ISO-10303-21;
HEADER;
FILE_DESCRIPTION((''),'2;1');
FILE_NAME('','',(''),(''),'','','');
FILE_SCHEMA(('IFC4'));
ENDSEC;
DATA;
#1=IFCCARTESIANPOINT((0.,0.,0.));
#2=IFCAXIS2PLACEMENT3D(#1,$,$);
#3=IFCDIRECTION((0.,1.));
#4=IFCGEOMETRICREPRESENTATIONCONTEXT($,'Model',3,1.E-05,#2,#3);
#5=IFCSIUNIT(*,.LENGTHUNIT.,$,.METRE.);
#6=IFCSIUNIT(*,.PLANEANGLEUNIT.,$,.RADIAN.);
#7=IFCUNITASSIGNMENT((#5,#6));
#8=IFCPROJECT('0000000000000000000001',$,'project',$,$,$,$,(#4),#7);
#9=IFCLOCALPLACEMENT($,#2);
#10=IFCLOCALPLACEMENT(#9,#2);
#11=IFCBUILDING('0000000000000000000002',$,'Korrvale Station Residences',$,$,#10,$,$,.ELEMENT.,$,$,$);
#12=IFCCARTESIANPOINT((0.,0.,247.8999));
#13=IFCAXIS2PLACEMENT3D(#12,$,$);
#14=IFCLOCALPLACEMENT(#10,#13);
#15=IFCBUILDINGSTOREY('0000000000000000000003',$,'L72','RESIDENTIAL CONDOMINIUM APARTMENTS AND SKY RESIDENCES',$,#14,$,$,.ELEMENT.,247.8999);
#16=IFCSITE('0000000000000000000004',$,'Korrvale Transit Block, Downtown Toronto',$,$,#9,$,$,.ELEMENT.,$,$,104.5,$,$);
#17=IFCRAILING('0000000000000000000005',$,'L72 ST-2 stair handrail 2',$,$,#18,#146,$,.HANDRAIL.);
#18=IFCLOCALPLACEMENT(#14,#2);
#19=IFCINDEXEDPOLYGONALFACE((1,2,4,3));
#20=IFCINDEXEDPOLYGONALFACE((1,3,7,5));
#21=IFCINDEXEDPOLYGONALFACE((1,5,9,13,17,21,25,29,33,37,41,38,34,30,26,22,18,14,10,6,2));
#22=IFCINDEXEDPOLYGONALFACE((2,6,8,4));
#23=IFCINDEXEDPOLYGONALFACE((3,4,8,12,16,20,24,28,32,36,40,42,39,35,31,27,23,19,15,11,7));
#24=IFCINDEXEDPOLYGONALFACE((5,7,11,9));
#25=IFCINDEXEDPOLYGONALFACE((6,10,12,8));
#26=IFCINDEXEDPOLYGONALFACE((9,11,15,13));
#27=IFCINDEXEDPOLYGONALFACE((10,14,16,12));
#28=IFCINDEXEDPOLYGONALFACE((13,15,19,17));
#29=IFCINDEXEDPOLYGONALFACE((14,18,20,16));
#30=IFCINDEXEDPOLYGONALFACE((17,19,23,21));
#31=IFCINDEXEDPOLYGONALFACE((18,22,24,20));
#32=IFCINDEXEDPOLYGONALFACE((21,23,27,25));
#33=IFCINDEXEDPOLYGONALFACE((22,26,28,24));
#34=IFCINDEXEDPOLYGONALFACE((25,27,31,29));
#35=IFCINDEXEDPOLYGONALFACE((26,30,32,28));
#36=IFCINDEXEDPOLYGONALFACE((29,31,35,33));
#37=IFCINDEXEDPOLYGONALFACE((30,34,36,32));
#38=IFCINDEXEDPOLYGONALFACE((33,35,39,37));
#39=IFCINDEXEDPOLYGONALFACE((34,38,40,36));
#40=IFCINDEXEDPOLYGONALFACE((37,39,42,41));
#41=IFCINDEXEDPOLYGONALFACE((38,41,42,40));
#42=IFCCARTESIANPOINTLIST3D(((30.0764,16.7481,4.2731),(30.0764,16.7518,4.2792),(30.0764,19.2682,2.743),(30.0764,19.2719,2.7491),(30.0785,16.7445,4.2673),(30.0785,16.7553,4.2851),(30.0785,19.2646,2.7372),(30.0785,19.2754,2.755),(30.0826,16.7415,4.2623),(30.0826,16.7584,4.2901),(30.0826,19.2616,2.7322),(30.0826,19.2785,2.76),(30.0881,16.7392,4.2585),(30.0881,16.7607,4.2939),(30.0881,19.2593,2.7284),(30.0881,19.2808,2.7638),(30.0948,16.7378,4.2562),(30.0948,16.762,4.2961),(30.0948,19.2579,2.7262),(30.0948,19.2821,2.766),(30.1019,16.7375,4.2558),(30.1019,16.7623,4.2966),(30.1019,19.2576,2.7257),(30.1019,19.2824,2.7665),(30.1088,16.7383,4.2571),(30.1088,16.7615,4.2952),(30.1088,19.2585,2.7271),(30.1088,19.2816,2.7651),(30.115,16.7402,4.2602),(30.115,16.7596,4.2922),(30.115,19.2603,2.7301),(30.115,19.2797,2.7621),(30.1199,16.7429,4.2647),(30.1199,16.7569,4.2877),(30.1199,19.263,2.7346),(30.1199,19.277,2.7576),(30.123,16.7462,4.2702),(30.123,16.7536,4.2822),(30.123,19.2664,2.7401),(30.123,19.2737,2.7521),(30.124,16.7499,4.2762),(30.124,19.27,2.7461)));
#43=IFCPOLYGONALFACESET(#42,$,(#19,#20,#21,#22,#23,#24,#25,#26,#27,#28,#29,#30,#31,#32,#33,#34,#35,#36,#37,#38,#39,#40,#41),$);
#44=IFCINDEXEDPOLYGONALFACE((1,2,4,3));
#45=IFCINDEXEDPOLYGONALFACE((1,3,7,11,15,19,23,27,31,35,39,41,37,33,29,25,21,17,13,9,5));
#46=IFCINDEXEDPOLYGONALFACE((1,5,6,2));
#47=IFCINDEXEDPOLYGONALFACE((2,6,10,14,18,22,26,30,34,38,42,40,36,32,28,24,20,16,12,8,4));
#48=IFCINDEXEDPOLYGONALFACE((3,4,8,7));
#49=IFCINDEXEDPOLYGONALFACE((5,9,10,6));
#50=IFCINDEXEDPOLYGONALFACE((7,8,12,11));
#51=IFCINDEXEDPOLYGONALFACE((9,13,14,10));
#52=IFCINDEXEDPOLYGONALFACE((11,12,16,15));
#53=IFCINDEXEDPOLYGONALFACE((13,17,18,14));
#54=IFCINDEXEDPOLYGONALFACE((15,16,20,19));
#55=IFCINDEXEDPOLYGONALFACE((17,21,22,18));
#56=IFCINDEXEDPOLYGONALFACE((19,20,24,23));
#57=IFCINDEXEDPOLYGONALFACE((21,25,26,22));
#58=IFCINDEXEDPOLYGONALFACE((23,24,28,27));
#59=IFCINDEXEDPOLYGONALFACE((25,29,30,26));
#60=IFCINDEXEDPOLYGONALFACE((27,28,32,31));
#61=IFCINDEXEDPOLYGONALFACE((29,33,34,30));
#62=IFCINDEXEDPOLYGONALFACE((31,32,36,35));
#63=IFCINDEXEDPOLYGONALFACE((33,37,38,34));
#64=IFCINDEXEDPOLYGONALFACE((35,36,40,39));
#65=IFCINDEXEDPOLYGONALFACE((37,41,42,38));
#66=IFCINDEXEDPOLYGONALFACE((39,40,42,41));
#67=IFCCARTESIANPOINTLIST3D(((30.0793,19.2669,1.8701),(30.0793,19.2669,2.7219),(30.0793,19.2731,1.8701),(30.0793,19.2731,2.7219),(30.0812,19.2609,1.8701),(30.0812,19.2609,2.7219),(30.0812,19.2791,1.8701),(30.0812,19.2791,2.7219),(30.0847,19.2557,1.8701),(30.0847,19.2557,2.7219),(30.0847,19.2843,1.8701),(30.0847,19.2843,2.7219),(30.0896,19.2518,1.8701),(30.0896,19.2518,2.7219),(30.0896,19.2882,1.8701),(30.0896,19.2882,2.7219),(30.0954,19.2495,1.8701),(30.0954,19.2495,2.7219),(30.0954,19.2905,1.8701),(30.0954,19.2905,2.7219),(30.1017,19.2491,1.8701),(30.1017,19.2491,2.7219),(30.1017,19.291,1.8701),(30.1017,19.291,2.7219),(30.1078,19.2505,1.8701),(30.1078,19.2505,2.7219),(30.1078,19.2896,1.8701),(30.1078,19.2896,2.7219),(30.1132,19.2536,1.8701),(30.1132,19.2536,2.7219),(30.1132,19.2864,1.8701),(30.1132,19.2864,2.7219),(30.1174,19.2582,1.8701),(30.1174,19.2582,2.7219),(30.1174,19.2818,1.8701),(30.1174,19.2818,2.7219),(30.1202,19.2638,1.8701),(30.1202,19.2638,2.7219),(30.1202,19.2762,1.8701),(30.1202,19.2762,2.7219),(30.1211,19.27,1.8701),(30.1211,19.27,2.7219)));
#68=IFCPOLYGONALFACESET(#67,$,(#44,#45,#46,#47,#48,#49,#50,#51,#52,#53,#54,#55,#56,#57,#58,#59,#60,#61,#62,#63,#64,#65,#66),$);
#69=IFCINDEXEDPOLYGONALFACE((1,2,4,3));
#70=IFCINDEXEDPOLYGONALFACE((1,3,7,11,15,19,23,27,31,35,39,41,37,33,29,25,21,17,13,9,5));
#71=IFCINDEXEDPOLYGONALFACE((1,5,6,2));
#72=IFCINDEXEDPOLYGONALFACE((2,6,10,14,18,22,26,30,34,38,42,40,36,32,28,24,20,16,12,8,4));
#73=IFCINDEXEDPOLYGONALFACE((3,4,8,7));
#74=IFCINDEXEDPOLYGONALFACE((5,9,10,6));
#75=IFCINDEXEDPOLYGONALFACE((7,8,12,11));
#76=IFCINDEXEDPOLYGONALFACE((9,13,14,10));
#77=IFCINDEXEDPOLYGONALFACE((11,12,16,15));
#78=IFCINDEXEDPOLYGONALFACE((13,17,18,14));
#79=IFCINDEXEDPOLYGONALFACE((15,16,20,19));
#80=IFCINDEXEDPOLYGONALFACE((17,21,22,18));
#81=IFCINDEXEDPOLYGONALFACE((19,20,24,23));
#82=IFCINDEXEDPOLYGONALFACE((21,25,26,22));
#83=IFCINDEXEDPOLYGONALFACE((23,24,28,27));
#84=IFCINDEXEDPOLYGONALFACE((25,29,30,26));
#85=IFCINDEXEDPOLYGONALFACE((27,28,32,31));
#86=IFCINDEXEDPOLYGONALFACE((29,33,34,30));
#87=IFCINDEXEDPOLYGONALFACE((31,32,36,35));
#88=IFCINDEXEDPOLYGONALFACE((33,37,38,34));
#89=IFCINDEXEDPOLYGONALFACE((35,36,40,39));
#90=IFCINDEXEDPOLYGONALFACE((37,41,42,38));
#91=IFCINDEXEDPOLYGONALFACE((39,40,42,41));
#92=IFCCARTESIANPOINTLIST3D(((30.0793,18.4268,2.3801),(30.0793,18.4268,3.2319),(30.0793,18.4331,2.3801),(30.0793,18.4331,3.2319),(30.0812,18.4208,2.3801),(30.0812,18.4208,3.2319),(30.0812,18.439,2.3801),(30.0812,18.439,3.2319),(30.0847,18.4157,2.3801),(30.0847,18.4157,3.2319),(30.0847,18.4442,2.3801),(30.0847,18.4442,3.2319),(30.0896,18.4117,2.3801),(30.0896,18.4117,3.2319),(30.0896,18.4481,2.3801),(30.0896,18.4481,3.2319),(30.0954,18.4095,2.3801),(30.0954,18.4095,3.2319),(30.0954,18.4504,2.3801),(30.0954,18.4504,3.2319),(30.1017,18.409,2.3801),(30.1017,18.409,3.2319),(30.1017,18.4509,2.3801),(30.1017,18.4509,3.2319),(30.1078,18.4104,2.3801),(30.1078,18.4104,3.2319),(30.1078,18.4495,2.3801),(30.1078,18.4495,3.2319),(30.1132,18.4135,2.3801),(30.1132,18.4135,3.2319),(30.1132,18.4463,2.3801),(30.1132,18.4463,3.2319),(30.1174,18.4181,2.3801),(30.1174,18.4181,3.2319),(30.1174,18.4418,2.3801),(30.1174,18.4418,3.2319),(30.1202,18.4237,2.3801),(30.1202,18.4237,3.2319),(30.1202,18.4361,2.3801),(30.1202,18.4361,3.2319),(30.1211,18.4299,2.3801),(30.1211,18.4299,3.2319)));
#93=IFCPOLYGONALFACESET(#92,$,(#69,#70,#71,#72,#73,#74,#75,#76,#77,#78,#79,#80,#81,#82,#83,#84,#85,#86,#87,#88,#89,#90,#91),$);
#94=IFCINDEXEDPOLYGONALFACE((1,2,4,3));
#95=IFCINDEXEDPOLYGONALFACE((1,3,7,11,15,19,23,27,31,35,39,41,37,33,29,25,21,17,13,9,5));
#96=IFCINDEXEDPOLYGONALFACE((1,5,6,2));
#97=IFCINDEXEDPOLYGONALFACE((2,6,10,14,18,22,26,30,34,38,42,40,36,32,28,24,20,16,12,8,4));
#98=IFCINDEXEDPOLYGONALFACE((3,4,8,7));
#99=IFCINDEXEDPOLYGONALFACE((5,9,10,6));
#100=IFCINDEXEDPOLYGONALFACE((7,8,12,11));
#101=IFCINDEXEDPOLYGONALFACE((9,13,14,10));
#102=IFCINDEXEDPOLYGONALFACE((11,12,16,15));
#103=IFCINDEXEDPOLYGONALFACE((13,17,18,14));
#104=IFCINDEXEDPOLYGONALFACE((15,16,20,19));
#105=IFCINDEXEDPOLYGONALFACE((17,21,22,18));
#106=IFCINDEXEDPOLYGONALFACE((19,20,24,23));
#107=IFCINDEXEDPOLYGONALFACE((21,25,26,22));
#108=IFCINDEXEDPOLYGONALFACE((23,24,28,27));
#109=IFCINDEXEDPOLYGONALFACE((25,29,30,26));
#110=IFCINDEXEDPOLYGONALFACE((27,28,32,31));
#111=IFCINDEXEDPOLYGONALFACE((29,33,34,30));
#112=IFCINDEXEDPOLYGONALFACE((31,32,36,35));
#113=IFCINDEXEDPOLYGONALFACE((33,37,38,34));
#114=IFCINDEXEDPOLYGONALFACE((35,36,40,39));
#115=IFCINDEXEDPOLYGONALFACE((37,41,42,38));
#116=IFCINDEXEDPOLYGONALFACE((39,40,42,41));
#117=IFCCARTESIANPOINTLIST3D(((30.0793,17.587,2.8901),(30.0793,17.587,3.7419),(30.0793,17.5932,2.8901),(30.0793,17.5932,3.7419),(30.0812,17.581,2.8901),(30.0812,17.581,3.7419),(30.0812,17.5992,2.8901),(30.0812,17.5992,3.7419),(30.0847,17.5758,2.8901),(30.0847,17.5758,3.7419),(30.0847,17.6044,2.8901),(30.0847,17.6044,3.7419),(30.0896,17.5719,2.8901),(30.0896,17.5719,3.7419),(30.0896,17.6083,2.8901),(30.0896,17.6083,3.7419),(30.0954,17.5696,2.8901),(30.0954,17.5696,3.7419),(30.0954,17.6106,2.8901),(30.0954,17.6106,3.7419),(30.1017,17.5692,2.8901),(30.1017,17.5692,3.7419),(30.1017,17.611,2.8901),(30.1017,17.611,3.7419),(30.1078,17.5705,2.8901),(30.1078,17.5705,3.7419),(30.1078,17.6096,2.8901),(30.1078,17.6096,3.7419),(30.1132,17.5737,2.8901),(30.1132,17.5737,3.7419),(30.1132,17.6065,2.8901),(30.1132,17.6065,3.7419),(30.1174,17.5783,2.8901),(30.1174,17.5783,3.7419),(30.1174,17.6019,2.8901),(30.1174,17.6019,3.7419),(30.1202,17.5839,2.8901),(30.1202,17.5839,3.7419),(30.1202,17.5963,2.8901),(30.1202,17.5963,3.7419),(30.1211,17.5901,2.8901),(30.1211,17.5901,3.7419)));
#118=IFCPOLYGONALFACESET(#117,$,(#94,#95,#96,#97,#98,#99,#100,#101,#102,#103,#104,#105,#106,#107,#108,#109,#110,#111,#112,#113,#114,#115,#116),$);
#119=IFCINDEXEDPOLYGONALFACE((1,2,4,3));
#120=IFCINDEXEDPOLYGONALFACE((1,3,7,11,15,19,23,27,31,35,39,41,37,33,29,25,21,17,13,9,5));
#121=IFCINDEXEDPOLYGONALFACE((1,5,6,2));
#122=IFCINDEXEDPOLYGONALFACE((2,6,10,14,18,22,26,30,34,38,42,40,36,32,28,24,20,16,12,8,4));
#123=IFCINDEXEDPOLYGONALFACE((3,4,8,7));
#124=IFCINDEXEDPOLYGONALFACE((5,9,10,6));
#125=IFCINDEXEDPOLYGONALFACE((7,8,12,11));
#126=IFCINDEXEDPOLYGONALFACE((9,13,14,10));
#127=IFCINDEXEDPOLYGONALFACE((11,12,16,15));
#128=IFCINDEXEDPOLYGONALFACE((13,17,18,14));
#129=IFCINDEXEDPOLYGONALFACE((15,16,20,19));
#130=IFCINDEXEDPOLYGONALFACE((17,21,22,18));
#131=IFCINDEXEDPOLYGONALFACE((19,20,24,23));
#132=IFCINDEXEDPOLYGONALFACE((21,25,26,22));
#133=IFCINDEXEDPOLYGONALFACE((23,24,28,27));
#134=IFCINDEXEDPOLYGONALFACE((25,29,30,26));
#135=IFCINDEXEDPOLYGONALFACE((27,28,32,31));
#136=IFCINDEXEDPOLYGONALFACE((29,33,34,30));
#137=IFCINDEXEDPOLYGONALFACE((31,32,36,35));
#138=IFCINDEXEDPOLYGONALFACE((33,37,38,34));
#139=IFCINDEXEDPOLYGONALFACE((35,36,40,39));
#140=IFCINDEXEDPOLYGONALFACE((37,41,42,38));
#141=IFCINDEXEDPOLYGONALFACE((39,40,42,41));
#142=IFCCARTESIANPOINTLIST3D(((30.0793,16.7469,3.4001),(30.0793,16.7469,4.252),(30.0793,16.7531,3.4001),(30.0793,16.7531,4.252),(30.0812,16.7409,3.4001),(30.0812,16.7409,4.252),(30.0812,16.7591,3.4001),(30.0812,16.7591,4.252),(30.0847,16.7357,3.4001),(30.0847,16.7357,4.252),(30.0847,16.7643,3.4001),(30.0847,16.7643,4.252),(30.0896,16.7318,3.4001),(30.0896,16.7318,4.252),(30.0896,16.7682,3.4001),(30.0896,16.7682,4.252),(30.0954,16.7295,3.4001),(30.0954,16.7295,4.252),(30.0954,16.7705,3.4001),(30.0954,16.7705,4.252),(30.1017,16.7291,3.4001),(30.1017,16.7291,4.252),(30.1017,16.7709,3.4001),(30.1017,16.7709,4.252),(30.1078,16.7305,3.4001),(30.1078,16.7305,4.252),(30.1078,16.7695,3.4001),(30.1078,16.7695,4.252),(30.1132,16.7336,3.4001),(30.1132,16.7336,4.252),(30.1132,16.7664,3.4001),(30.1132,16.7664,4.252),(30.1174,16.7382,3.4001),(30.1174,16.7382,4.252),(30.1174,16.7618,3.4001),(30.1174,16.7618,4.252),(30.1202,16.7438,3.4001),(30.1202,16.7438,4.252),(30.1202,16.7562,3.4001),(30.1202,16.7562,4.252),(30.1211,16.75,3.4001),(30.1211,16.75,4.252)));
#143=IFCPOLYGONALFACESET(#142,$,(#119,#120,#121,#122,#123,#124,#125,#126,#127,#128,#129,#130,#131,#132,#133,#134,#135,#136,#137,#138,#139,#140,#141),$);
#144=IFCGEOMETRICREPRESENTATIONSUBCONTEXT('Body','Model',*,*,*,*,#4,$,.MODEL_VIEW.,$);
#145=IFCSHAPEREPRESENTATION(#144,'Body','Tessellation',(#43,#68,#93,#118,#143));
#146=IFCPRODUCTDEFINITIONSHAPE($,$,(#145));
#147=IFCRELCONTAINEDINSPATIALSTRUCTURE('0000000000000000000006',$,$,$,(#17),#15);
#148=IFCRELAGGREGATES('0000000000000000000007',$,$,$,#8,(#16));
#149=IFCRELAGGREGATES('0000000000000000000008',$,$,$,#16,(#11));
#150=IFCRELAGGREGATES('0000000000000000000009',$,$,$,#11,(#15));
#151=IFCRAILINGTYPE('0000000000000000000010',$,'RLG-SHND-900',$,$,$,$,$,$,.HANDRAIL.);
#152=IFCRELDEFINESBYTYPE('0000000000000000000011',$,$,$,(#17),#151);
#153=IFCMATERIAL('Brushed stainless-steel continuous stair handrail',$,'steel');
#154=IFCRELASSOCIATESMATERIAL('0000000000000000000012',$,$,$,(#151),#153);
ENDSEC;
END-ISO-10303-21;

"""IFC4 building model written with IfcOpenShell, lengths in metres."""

from ifc_helpers import new_model, si_unit, direction, frame, origin, origin_2d, place, context, subcontext, project, spatial, circle, extrude, material, type_object, element, save


model = new_model("IFC4")

# Units and contexts
model_context = context("Model", 3, precision=1e-05, world=origin(), true_north=direction((0.0, 1.0)))
body_context = subcontext(model_context, "Body", "Model", "MODEL_VIEW")
ifc_project = project(units=[si_unit("LENGTHUNIT", "METRE"), si_unit("PLANEANGLEUNIT", "RADIAN")], contexts=[model_context])

# Site, building, storey
site_placement = place(None, origin())
site = spatial("IfcSite", under=ifc_project, at=site_placement, Name="Korrvale Transit Block, Downtown Toronto", CompositionType="ELEMENT", RefElevation=104.5)
building_placement = place(site_placement, origin())
building = spatial("IfcBuilding", under=site, at=building_placement, Name="Korrvale Station Residences", CompositionType="ELEMENT")
storey_placement = place(building_placement, frame((0.0, 0.0, 247.8999)))
storey = spatial("IfcBuildingStorey", under=building, at=storey_placement, Name="L72", Description="RESIDENTIAL CONDOMINIUM APARTMENTS AND SKY RESIDENCES", CompositionType="ELEMENT", Elevation=247.8999)

# Railing
ifc_material_1 = material(Name="Brushed stainless-steel continuous stair handrail", Category="steel")
railing_type_1 = type_object("IfcRailingType", Name="RLG-SHND-900", PredefinedType="HANDRAIL", material=ifc_material_1)
railing_1_placement = place(storey_placement, frame((30.1001, 19.27, 1.8701)))
element("IfcRailing", 1, at=railing_1_placement, inside=storey, type_object=railing_type_1, Name="L72 ST-2 stair handrail 2", PredefinedType="HANDRAIL", context=body_context, shape_type="SweptSolid", body=[
    extrude(circle(Radius=0.0239, at=origin_2d()), frame((0.0, 0.0, 0.876), z_axis=(0.0, -0.854785, 0.518982), x_axis=(1.0, 0.0, 0.0)), (0.0, 0.0, 1.0), 2.9482),
    extrude(circle(Radius=0.021, at=origin_2d()), origin(), (0.0, 0.0, 1.0), 0.8518),
    extrude(circle(Radius=0.021, at=origin_2d()), frame((0.0, -0.8401, 0.51)), (0.0, 0.0, 1.0), 0.8518),
    extrude(circle(Radius=0.021, at=origin_2d()), frame((0.0, -1.6799, 1.02)), (0.0, 0.0, 1.0), 0.8518),
    extrude(circle(Radius=0.021, at=origin_2d()), frame((0.0, -2.52, 1.53)), (0.0, 0.0, 1.0), 0.8518),
])

save(model, "model.ifc")
